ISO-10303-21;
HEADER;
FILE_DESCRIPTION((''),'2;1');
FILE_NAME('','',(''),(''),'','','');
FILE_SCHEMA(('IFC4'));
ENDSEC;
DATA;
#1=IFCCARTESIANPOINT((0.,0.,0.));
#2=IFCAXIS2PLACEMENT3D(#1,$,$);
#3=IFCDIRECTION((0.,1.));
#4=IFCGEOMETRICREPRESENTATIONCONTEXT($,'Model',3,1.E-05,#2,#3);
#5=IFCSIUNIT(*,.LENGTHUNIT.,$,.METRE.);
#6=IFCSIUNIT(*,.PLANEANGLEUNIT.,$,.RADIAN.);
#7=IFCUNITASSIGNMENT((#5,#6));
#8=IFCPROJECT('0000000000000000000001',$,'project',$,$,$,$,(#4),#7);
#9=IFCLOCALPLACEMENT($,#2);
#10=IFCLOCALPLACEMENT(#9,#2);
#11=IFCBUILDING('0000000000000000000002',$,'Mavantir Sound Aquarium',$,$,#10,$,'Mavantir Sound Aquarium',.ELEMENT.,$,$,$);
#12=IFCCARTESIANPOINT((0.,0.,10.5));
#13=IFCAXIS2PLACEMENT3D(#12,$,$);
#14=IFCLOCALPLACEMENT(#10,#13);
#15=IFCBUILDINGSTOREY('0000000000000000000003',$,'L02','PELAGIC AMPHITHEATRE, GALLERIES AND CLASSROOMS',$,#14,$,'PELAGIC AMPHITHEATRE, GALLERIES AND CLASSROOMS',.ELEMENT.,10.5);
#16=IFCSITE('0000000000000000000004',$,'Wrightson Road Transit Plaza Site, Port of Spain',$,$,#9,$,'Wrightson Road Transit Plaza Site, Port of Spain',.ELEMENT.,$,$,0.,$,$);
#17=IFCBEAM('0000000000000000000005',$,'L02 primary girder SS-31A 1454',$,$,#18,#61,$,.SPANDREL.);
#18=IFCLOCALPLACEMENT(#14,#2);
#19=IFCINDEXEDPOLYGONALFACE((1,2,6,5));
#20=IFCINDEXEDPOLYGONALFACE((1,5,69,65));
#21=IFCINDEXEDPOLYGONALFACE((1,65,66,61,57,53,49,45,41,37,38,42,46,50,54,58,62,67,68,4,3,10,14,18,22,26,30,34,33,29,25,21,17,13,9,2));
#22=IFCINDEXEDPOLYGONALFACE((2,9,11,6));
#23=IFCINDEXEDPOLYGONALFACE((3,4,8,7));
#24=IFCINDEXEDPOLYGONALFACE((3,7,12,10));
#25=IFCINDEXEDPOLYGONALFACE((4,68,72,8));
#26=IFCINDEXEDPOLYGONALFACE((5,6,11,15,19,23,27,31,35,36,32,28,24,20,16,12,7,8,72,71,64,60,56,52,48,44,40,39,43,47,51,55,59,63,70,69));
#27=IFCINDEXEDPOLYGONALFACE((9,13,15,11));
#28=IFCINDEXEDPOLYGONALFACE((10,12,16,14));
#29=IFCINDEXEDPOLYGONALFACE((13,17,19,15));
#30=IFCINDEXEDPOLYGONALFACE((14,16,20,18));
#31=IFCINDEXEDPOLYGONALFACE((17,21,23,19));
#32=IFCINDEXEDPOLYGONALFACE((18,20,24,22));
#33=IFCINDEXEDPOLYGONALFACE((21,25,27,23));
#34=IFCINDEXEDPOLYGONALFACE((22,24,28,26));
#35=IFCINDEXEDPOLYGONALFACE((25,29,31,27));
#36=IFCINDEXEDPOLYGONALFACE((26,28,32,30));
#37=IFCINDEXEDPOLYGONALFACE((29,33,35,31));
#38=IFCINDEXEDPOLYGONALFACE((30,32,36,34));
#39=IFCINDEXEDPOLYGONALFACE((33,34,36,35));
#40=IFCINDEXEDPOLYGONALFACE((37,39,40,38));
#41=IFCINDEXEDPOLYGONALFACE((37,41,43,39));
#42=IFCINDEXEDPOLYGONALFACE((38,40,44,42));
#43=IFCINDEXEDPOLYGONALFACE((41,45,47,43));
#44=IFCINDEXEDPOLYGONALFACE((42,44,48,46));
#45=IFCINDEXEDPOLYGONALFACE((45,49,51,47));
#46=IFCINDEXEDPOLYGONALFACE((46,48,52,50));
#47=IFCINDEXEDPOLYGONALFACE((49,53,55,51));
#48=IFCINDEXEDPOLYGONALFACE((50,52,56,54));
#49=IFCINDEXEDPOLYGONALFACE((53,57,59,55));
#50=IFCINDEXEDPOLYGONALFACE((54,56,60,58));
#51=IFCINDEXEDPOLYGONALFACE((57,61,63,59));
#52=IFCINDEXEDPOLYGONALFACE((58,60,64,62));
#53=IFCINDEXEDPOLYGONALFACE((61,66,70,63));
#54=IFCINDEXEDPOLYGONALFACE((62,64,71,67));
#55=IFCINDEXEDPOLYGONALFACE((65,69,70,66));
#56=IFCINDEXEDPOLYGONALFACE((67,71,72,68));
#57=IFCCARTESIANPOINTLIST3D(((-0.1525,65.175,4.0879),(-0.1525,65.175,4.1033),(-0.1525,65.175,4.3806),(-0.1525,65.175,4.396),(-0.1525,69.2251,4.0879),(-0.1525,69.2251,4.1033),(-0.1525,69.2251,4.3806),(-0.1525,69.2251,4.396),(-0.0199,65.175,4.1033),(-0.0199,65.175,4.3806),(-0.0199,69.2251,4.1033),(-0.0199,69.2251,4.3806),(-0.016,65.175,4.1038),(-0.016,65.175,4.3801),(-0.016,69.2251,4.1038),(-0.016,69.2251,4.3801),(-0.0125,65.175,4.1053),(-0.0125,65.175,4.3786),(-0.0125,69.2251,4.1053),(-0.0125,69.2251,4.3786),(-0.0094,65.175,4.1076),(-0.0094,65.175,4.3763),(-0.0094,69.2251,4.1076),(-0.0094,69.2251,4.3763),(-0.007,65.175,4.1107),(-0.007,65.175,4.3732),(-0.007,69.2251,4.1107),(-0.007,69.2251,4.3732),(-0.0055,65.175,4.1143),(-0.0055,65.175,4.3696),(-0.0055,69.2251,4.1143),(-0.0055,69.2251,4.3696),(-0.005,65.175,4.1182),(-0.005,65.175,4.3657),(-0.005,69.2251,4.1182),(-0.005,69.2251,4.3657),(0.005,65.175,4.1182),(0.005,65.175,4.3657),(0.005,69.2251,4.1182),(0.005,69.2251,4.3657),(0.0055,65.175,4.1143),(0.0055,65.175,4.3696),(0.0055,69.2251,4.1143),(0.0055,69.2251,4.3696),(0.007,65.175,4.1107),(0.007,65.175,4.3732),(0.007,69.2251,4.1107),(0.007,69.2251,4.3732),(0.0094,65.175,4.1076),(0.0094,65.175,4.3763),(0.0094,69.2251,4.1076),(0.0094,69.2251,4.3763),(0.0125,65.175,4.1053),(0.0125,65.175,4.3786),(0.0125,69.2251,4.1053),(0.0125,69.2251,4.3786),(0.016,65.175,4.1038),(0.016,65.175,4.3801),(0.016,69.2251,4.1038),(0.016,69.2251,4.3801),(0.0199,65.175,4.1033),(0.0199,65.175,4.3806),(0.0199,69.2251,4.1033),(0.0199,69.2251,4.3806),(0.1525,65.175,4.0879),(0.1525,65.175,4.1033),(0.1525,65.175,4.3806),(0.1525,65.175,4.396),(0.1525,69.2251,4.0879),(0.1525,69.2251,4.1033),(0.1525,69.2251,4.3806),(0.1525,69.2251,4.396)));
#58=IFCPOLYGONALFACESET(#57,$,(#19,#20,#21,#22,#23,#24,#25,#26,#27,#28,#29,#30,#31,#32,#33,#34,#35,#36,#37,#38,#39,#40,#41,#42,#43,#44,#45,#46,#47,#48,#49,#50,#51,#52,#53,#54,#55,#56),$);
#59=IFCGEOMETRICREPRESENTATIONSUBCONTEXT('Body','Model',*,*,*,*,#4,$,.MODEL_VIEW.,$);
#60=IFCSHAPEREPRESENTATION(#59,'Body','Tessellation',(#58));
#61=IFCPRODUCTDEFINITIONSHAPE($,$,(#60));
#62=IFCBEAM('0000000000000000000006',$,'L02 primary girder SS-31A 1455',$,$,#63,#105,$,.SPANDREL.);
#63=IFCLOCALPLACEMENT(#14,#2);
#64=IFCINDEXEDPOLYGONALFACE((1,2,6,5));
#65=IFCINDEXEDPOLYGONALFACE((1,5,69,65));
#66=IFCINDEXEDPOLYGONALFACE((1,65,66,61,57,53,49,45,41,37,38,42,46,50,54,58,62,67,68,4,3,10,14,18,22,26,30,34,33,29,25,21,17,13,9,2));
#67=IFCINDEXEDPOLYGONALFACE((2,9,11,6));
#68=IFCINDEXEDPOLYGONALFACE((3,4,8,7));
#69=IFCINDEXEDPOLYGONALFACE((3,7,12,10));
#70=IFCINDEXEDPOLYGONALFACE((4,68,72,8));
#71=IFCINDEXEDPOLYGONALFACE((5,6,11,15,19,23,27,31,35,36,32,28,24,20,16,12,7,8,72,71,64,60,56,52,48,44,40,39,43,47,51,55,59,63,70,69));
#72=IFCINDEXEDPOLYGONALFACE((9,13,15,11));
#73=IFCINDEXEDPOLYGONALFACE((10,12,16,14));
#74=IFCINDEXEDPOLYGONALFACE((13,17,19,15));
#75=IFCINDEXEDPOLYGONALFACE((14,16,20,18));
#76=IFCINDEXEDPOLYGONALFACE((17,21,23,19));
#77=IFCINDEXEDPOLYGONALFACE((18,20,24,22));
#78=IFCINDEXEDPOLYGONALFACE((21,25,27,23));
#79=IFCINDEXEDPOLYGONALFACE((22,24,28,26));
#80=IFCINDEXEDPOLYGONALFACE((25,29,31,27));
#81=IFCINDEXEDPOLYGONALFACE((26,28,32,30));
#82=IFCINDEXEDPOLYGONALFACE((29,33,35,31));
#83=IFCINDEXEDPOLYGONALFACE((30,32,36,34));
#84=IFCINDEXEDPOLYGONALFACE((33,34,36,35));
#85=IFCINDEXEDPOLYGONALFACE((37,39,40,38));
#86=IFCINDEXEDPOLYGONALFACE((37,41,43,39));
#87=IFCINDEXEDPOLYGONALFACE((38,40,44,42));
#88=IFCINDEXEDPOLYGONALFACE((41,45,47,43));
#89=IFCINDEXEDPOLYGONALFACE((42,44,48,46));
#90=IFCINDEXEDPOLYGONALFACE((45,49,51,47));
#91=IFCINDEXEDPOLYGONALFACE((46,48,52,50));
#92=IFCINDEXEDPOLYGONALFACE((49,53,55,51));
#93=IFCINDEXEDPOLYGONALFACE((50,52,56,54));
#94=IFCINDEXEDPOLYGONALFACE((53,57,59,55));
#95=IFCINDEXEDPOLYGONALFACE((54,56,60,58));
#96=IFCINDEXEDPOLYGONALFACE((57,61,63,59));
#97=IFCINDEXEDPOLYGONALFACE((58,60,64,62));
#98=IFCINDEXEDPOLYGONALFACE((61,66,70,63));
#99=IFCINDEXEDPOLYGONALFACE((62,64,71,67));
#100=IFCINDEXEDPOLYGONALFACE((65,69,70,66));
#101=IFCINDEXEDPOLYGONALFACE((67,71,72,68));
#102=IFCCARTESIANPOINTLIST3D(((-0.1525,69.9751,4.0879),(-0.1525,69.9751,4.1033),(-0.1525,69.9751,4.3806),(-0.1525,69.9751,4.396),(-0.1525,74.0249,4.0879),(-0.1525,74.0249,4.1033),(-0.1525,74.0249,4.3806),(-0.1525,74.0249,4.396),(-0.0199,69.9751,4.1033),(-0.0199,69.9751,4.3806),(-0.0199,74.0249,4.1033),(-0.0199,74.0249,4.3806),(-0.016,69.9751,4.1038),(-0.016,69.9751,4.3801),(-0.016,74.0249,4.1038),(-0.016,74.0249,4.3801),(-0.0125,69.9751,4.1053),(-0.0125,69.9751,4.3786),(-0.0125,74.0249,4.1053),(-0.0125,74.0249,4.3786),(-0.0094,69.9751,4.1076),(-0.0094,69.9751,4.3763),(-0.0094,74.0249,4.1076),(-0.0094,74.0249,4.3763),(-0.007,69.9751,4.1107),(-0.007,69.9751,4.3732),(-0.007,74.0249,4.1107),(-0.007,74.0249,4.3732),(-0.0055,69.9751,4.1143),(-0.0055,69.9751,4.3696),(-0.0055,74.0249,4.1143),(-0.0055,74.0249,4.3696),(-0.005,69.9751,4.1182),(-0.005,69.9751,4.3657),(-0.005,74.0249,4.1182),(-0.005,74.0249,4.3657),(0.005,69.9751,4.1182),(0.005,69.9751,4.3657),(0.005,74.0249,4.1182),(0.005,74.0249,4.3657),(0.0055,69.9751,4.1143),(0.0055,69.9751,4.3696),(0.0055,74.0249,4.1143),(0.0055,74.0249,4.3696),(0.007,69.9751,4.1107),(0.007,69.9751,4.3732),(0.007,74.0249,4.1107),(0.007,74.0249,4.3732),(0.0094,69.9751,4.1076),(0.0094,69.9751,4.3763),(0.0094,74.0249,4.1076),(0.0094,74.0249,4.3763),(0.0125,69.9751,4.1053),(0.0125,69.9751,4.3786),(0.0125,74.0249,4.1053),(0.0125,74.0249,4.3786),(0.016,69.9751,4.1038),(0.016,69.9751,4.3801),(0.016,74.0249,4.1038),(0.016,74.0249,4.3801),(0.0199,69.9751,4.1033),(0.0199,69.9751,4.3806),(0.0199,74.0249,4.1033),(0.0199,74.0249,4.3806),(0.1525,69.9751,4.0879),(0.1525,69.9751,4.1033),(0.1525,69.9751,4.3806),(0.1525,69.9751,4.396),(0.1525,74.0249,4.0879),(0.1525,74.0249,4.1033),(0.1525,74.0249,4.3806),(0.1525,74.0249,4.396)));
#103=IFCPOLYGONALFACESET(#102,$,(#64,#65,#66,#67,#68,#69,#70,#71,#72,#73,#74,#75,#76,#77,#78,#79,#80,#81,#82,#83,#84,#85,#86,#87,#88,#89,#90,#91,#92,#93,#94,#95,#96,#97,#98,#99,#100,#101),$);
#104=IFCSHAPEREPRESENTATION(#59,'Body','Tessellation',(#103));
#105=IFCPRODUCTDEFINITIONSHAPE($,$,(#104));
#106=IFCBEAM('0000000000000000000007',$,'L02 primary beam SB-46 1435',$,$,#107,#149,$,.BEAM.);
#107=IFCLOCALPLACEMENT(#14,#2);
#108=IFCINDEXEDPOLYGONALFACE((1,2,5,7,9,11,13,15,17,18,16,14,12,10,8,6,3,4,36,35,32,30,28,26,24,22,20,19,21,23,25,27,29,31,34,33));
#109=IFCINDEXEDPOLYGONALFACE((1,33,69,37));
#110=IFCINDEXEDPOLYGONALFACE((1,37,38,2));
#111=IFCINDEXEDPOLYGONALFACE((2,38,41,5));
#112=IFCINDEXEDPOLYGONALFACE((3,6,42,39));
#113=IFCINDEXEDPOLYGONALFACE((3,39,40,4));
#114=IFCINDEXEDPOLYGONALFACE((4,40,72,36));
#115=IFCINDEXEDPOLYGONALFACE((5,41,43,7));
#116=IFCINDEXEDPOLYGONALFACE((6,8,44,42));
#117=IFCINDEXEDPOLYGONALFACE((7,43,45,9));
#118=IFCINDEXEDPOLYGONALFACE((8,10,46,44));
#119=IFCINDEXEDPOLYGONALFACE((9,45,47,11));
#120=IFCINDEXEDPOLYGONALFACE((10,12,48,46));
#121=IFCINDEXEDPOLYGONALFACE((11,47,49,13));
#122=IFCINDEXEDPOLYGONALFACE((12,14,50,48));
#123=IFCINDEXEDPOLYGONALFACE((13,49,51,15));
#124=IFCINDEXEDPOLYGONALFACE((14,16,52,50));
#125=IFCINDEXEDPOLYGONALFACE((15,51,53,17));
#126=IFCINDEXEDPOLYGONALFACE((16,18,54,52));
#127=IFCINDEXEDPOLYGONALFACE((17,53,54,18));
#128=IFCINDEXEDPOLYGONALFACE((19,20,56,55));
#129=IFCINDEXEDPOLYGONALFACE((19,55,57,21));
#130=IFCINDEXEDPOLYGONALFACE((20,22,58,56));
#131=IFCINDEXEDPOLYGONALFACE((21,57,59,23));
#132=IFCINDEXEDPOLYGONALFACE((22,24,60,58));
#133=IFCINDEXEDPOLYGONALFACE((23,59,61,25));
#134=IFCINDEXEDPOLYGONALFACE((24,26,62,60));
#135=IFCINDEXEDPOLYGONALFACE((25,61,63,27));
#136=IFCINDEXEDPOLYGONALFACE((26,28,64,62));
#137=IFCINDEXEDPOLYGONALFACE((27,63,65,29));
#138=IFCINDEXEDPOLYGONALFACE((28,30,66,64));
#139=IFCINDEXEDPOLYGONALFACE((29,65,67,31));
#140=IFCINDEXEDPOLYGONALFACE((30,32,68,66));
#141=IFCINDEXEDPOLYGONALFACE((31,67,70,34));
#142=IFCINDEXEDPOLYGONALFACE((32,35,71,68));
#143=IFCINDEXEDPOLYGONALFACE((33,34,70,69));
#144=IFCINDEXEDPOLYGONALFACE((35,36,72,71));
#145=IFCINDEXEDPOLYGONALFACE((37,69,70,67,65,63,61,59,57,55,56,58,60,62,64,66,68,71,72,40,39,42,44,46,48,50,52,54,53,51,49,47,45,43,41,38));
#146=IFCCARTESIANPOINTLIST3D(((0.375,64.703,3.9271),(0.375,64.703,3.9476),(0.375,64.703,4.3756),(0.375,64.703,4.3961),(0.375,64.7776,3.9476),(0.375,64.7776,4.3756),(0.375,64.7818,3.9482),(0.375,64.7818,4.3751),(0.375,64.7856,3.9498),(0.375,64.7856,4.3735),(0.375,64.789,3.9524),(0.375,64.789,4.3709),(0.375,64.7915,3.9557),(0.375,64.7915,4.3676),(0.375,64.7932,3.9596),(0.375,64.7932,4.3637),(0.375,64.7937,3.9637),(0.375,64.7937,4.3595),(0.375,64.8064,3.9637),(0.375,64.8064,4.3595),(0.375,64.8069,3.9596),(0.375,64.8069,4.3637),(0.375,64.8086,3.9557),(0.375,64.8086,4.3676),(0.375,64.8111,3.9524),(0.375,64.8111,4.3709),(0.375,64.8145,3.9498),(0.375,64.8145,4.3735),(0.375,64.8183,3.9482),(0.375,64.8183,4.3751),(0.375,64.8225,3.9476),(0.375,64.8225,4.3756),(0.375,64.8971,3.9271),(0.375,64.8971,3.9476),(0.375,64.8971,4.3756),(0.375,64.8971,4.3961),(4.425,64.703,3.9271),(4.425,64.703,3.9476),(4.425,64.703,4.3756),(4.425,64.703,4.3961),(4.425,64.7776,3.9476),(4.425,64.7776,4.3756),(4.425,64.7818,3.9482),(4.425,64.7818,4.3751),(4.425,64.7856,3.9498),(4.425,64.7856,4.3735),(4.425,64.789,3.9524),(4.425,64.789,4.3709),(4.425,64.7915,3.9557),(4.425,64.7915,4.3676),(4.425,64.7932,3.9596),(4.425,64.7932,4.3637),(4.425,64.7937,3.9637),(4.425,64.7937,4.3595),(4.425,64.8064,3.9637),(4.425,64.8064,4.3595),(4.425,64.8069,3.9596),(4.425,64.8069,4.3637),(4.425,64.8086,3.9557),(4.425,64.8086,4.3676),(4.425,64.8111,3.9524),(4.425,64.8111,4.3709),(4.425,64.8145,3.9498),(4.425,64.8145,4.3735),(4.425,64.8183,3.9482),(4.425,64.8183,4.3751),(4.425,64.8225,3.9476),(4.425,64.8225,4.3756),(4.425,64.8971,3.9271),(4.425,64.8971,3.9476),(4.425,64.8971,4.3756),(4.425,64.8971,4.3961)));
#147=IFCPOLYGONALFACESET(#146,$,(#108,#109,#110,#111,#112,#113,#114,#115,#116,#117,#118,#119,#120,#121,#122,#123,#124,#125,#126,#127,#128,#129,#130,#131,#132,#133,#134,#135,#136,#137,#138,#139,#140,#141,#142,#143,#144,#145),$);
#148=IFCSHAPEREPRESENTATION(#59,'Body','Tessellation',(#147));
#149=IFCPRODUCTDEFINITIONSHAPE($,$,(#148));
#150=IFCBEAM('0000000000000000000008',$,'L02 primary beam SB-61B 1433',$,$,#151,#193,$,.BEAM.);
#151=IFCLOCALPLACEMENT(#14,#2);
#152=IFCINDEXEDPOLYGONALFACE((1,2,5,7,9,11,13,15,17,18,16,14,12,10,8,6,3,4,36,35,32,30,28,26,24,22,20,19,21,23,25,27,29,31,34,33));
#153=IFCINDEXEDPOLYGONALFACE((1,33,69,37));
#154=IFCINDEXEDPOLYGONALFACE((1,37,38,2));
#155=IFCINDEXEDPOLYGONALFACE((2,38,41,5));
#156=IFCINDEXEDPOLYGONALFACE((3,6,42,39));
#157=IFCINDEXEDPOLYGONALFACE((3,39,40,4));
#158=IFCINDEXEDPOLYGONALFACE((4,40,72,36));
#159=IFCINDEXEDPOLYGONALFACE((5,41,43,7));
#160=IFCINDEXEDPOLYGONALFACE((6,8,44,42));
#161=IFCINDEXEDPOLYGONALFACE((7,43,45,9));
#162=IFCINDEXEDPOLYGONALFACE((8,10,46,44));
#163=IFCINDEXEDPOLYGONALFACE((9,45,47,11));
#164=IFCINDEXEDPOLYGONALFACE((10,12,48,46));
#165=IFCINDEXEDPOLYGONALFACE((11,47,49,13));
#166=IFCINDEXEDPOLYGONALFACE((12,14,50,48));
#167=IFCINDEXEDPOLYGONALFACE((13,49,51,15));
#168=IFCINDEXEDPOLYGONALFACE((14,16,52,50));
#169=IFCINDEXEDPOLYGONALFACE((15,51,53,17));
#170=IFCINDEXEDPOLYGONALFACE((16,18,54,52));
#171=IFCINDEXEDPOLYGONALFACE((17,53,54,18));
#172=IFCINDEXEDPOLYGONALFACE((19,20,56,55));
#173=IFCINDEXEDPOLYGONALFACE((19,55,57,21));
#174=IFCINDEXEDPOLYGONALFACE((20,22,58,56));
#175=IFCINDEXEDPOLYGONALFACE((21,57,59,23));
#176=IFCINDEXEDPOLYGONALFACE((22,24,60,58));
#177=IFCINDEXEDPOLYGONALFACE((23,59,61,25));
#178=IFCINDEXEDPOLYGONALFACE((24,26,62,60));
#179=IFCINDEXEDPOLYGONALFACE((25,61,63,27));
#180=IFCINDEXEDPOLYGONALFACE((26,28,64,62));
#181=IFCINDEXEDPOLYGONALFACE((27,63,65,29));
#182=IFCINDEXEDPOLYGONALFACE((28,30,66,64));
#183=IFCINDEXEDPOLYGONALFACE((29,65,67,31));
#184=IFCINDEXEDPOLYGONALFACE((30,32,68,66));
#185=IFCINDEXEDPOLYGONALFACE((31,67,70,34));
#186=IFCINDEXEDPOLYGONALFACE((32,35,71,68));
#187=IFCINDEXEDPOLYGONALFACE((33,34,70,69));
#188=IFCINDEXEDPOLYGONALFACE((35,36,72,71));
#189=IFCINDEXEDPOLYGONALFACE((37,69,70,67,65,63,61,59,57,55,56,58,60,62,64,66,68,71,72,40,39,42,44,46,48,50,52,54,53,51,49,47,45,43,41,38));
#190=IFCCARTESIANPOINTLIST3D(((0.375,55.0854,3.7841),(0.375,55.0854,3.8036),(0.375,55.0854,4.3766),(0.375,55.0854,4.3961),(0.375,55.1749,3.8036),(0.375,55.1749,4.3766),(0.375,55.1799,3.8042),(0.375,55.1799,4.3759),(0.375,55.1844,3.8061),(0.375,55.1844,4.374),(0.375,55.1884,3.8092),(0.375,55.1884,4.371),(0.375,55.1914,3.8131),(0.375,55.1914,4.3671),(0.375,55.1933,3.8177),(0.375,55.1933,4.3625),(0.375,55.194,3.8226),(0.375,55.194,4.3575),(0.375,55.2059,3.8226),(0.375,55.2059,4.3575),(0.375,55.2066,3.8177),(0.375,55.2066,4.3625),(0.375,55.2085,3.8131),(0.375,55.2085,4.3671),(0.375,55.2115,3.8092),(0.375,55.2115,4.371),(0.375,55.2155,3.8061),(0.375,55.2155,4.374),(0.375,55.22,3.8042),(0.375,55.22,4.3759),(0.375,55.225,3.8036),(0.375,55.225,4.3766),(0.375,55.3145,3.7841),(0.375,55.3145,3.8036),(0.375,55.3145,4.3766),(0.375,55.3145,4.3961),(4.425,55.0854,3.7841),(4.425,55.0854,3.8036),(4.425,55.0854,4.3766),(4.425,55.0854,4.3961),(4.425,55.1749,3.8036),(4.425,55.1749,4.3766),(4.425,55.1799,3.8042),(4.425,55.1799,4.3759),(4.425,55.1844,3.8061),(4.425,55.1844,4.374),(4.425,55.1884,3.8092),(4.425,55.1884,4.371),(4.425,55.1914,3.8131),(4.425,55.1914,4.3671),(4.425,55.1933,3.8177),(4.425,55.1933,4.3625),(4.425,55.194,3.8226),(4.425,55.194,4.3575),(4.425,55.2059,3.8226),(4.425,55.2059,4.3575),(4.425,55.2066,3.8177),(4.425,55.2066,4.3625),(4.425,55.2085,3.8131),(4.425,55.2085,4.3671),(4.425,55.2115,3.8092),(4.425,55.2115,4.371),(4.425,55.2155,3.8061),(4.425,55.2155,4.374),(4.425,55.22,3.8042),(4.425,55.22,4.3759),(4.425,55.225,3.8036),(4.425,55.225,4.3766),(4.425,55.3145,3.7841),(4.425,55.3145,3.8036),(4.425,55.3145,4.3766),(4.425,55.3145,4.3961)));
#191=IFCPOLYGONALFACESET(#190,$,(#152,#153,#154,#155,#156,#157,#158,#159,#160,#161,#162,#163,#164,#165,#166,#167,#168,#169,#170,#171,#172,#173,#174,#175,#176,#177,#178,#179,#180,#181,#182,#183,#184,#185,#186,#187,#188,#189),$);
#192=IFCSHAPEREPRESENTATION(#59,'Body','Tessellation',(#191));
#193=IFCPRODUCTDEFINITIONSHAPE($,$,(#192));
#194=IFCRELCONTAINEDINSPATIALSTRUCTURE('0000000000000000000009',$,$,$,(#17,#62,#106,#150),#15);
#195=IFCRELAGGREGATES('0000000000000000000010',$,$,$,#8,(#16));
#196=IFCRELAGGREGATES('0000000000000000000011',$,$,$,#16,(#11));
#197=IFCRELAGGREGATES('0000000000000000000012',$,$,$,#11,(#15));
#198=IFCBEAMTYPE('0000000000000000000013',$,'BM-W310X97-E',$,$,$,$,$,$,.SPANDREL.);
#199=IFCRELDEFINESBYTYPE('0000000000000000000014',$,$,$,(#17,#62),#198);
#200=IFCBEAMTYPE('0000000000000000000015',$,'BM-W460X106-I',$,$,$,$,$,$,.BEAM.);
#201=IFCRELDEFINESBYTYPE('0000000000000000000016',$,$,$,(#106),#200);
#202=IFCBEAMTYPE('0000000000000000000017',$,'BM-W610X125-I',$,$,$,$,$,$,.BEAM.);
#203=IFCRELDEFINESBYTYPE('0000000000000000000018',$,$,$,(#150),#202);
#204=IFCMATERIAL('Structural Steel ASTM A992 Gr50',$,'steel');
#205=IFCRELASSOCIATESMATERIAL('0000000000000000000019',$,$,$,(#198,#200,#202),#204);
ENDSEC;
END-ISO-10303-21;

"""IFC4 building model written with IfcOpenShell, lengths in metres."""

from ifc_helpers import new_model, si_unit, direction, frame, origin, origin_2d, place, context, subcontext, project, spatial, i_section, extrude, material, material_profile, profile_set, type_object, element, save


model = new_model("IFC4")

# Units and contexts
model_context = context("Model", 3, precision=1e-05, world=origin(), true_north=direction((0.0, 1.0)))
body_context = subcontext(model_context, "Body", "Model", "MODEL_VIEW")
ifc_project = project(units=[si_unit("LENGTHUNIT", "METRE"), si_unit("PLANEANGLEUNIT", "RADIAN")], contexts=[model_context])

# Site, building, storey
site_placement = place(None, origin())
site = spatial("IfcSite", under=ifc_project, at=site_placement, Name="Wrightson Road Transit Plaza Site, Port of Spain", LongName="Wrightson Road Transit Plaza Site, Port of Spain", CompositionType="ELEMENT", RefElevation=0.0)
building_placement = place(site_placement, origin())
building = spatial("IfcBuilding", under=site, at=building_placement, Name="Mavantir Sound Aquarium", LongName="Mavantir Sound Aquarium", CompositionType="ELEMENT")
storey_placement = place(building_placement, frame((0.0, 0.0, 10.5)))
storey = spatial("IfcBuildingStorey", under=building, at=storey_placement, Name="L02", Description="PELAGIC AMPHITHEATRE, GALLERIES AND CLASSROOMS", LongName="PELAGIC AMPHITHEATRE, GALLERIES AND CLASSROOMS", CompositionType="ELEMENT", Elevation=10.5)

# Beams
ifc_material_1 = material(Name="Structural Steel ASTM A992 Gr50", Category="steel")
ifc_material_profile_1 = material_profile(ifc_material_1, i_section(OverallWidth=0.3049, OverallDepth=0.3081, WebThickness=0.01, FlangeThickness=0.0154, FilletRadius=0.0149, at=origin_2d()), Name="W310X97")
ifc_profile_set_1 = profile_set([ifc_material_profile_1], Name="Structural Steel ASTM A992 Gr50")
beam_type_1 = type_object("IfcBeamType", Name="BM-W310X97-E", PredefinedType="SPANDREL", material=ifc_profile_set_1)
for number, where, z_axis, x_axis, name in (
    (1, (0.0, 65.175, 4.2419), (0.0, 1.0, 0.0), (-1.0, 0.0, 0.0), "L02 primary girder SS-31A 1454"),
):
    element("IfcBeam", number, at=place(storey_placement, frame(where, z_axis=z_axis, x_axis=x_axis)), inside=storey, type_object=beam_type_1, Name=name, PredefinedType="SPANDREL", context=body_context, shape_type="SweptSolid", body=[
        extrude(i_section(OverallWidth=0.3049, OverallDepth=0.3081, WebThickness=0.01, FlangeThickness=0.0154, FilletRadius=0.0149, at=origin_2d()), origin(), (0.0, 0.0, 1.0), 4.05),
    ])
beam_1_placement = place(storey_placement, frame((0.0, 69.9751, 4.2419), z_axis=(0.0, 1.0, 0.0), x_axis=(-1.0, 0.0, 0.0)))
element("IfcBeam", 2, at=beam_1_placement, inside=storey, type_object=beam_type_1, Name="L02 primary girder SS-31A 1455", PredefinedType="SPANDREL", context=body_context, shape_type="SweptSolid", body=[
    extrude(i_section(OverallWidth=0.3049, OverallDepth=0.3081, WebThickness=0.01, FlangeThickness=0.0154, FilletRadius=0.0149, at=origin_2d()), origin(), (0.0, 0.0, 1.0), 4.0498),
])
ifc_material_profile_2 = material_profile(ifc_material_1, i_section(OverallWidth=0.1941, OverallDepth=0.469, WebThickness=0.0127, FlangeThickness=0.0205, FilletRadius=0.0161, at=origin_2d()), Name="W460X106")
ifc_profile_set_2 = profile_set([ifc_material_profile_2], Name="Structural Steel ASTM A992 Gr50")
beam_type_2 = type_object("IfcBeamType", Name="BM-W460X106-I", PredefinedType="BEAM", material=ifc_profile_set_2)
beam_2_placement = place(storey_placement, frame((0.375, 64.8, 4.1616), z_axis=(1.0, 0.0, 0.0), x_axis=(0.0, 1.0, 0.0)))
element("IfcBeam", 3, at=beam_2_placement, inside=storey, type_object=beam_type_2, Name="L02 primary beam SB-46 1435", PredefinedType="BEAM", context=body_context, shape_type="SweptSolid", body=[
    extrude(i_section(OverallWidth=0.1941, OverallDepth=0.469, WebThickness=0.0127, FlangeThickness=0.0205, FilletRadius=0.0161, at=origin_2d()), origin(), (0.0, 0.0, 1.0), 4.05),
])
ifc_material_profile_3 = material_profile(ifc_material_1, i_section(OverallWidth=0.229, OverallDepth=0.6121, WebThickness=0.012, FlangeThickness=0.0195, FilletRadius=0.019, at=origin_2d()), Name="W610X125")
ifc_profile_set_3 = profile_set([ifc_material_profile_3], Name="Structural Steel ASTM A992 Gr50")
beam_type_3 = type_object("IfcBeamType", Name="BM-W610X125-I", PredefinedType="BEAM", material=ifc_profile_set_3)
beam_3_placement = place(storey_placement, frame((0.375, 55.2, 4.0901), z_axis=(1.0, 0.0, 0.0), x_axis=(0.0, 1.0, 0.0)))
element("IfcBeam", 4, at=beam_3_placement, inside=storey, type_object=beam_type_3, Name="L02 primary beam SB-61B 1433", PredefinedType="BEAM", context=body_context, shape_type="SweptSolid", body=[
    extrude(i_section(OverallWidth=0.229, OverallDepth=0.6121, WebThickness=0.012, FlangeThickness=0.0195, FilletRadius=0.019, at=origin_2d()), origin(), (0.0, 0.0, 1.0), 4.05),
])

save(model, "model.ifc")
